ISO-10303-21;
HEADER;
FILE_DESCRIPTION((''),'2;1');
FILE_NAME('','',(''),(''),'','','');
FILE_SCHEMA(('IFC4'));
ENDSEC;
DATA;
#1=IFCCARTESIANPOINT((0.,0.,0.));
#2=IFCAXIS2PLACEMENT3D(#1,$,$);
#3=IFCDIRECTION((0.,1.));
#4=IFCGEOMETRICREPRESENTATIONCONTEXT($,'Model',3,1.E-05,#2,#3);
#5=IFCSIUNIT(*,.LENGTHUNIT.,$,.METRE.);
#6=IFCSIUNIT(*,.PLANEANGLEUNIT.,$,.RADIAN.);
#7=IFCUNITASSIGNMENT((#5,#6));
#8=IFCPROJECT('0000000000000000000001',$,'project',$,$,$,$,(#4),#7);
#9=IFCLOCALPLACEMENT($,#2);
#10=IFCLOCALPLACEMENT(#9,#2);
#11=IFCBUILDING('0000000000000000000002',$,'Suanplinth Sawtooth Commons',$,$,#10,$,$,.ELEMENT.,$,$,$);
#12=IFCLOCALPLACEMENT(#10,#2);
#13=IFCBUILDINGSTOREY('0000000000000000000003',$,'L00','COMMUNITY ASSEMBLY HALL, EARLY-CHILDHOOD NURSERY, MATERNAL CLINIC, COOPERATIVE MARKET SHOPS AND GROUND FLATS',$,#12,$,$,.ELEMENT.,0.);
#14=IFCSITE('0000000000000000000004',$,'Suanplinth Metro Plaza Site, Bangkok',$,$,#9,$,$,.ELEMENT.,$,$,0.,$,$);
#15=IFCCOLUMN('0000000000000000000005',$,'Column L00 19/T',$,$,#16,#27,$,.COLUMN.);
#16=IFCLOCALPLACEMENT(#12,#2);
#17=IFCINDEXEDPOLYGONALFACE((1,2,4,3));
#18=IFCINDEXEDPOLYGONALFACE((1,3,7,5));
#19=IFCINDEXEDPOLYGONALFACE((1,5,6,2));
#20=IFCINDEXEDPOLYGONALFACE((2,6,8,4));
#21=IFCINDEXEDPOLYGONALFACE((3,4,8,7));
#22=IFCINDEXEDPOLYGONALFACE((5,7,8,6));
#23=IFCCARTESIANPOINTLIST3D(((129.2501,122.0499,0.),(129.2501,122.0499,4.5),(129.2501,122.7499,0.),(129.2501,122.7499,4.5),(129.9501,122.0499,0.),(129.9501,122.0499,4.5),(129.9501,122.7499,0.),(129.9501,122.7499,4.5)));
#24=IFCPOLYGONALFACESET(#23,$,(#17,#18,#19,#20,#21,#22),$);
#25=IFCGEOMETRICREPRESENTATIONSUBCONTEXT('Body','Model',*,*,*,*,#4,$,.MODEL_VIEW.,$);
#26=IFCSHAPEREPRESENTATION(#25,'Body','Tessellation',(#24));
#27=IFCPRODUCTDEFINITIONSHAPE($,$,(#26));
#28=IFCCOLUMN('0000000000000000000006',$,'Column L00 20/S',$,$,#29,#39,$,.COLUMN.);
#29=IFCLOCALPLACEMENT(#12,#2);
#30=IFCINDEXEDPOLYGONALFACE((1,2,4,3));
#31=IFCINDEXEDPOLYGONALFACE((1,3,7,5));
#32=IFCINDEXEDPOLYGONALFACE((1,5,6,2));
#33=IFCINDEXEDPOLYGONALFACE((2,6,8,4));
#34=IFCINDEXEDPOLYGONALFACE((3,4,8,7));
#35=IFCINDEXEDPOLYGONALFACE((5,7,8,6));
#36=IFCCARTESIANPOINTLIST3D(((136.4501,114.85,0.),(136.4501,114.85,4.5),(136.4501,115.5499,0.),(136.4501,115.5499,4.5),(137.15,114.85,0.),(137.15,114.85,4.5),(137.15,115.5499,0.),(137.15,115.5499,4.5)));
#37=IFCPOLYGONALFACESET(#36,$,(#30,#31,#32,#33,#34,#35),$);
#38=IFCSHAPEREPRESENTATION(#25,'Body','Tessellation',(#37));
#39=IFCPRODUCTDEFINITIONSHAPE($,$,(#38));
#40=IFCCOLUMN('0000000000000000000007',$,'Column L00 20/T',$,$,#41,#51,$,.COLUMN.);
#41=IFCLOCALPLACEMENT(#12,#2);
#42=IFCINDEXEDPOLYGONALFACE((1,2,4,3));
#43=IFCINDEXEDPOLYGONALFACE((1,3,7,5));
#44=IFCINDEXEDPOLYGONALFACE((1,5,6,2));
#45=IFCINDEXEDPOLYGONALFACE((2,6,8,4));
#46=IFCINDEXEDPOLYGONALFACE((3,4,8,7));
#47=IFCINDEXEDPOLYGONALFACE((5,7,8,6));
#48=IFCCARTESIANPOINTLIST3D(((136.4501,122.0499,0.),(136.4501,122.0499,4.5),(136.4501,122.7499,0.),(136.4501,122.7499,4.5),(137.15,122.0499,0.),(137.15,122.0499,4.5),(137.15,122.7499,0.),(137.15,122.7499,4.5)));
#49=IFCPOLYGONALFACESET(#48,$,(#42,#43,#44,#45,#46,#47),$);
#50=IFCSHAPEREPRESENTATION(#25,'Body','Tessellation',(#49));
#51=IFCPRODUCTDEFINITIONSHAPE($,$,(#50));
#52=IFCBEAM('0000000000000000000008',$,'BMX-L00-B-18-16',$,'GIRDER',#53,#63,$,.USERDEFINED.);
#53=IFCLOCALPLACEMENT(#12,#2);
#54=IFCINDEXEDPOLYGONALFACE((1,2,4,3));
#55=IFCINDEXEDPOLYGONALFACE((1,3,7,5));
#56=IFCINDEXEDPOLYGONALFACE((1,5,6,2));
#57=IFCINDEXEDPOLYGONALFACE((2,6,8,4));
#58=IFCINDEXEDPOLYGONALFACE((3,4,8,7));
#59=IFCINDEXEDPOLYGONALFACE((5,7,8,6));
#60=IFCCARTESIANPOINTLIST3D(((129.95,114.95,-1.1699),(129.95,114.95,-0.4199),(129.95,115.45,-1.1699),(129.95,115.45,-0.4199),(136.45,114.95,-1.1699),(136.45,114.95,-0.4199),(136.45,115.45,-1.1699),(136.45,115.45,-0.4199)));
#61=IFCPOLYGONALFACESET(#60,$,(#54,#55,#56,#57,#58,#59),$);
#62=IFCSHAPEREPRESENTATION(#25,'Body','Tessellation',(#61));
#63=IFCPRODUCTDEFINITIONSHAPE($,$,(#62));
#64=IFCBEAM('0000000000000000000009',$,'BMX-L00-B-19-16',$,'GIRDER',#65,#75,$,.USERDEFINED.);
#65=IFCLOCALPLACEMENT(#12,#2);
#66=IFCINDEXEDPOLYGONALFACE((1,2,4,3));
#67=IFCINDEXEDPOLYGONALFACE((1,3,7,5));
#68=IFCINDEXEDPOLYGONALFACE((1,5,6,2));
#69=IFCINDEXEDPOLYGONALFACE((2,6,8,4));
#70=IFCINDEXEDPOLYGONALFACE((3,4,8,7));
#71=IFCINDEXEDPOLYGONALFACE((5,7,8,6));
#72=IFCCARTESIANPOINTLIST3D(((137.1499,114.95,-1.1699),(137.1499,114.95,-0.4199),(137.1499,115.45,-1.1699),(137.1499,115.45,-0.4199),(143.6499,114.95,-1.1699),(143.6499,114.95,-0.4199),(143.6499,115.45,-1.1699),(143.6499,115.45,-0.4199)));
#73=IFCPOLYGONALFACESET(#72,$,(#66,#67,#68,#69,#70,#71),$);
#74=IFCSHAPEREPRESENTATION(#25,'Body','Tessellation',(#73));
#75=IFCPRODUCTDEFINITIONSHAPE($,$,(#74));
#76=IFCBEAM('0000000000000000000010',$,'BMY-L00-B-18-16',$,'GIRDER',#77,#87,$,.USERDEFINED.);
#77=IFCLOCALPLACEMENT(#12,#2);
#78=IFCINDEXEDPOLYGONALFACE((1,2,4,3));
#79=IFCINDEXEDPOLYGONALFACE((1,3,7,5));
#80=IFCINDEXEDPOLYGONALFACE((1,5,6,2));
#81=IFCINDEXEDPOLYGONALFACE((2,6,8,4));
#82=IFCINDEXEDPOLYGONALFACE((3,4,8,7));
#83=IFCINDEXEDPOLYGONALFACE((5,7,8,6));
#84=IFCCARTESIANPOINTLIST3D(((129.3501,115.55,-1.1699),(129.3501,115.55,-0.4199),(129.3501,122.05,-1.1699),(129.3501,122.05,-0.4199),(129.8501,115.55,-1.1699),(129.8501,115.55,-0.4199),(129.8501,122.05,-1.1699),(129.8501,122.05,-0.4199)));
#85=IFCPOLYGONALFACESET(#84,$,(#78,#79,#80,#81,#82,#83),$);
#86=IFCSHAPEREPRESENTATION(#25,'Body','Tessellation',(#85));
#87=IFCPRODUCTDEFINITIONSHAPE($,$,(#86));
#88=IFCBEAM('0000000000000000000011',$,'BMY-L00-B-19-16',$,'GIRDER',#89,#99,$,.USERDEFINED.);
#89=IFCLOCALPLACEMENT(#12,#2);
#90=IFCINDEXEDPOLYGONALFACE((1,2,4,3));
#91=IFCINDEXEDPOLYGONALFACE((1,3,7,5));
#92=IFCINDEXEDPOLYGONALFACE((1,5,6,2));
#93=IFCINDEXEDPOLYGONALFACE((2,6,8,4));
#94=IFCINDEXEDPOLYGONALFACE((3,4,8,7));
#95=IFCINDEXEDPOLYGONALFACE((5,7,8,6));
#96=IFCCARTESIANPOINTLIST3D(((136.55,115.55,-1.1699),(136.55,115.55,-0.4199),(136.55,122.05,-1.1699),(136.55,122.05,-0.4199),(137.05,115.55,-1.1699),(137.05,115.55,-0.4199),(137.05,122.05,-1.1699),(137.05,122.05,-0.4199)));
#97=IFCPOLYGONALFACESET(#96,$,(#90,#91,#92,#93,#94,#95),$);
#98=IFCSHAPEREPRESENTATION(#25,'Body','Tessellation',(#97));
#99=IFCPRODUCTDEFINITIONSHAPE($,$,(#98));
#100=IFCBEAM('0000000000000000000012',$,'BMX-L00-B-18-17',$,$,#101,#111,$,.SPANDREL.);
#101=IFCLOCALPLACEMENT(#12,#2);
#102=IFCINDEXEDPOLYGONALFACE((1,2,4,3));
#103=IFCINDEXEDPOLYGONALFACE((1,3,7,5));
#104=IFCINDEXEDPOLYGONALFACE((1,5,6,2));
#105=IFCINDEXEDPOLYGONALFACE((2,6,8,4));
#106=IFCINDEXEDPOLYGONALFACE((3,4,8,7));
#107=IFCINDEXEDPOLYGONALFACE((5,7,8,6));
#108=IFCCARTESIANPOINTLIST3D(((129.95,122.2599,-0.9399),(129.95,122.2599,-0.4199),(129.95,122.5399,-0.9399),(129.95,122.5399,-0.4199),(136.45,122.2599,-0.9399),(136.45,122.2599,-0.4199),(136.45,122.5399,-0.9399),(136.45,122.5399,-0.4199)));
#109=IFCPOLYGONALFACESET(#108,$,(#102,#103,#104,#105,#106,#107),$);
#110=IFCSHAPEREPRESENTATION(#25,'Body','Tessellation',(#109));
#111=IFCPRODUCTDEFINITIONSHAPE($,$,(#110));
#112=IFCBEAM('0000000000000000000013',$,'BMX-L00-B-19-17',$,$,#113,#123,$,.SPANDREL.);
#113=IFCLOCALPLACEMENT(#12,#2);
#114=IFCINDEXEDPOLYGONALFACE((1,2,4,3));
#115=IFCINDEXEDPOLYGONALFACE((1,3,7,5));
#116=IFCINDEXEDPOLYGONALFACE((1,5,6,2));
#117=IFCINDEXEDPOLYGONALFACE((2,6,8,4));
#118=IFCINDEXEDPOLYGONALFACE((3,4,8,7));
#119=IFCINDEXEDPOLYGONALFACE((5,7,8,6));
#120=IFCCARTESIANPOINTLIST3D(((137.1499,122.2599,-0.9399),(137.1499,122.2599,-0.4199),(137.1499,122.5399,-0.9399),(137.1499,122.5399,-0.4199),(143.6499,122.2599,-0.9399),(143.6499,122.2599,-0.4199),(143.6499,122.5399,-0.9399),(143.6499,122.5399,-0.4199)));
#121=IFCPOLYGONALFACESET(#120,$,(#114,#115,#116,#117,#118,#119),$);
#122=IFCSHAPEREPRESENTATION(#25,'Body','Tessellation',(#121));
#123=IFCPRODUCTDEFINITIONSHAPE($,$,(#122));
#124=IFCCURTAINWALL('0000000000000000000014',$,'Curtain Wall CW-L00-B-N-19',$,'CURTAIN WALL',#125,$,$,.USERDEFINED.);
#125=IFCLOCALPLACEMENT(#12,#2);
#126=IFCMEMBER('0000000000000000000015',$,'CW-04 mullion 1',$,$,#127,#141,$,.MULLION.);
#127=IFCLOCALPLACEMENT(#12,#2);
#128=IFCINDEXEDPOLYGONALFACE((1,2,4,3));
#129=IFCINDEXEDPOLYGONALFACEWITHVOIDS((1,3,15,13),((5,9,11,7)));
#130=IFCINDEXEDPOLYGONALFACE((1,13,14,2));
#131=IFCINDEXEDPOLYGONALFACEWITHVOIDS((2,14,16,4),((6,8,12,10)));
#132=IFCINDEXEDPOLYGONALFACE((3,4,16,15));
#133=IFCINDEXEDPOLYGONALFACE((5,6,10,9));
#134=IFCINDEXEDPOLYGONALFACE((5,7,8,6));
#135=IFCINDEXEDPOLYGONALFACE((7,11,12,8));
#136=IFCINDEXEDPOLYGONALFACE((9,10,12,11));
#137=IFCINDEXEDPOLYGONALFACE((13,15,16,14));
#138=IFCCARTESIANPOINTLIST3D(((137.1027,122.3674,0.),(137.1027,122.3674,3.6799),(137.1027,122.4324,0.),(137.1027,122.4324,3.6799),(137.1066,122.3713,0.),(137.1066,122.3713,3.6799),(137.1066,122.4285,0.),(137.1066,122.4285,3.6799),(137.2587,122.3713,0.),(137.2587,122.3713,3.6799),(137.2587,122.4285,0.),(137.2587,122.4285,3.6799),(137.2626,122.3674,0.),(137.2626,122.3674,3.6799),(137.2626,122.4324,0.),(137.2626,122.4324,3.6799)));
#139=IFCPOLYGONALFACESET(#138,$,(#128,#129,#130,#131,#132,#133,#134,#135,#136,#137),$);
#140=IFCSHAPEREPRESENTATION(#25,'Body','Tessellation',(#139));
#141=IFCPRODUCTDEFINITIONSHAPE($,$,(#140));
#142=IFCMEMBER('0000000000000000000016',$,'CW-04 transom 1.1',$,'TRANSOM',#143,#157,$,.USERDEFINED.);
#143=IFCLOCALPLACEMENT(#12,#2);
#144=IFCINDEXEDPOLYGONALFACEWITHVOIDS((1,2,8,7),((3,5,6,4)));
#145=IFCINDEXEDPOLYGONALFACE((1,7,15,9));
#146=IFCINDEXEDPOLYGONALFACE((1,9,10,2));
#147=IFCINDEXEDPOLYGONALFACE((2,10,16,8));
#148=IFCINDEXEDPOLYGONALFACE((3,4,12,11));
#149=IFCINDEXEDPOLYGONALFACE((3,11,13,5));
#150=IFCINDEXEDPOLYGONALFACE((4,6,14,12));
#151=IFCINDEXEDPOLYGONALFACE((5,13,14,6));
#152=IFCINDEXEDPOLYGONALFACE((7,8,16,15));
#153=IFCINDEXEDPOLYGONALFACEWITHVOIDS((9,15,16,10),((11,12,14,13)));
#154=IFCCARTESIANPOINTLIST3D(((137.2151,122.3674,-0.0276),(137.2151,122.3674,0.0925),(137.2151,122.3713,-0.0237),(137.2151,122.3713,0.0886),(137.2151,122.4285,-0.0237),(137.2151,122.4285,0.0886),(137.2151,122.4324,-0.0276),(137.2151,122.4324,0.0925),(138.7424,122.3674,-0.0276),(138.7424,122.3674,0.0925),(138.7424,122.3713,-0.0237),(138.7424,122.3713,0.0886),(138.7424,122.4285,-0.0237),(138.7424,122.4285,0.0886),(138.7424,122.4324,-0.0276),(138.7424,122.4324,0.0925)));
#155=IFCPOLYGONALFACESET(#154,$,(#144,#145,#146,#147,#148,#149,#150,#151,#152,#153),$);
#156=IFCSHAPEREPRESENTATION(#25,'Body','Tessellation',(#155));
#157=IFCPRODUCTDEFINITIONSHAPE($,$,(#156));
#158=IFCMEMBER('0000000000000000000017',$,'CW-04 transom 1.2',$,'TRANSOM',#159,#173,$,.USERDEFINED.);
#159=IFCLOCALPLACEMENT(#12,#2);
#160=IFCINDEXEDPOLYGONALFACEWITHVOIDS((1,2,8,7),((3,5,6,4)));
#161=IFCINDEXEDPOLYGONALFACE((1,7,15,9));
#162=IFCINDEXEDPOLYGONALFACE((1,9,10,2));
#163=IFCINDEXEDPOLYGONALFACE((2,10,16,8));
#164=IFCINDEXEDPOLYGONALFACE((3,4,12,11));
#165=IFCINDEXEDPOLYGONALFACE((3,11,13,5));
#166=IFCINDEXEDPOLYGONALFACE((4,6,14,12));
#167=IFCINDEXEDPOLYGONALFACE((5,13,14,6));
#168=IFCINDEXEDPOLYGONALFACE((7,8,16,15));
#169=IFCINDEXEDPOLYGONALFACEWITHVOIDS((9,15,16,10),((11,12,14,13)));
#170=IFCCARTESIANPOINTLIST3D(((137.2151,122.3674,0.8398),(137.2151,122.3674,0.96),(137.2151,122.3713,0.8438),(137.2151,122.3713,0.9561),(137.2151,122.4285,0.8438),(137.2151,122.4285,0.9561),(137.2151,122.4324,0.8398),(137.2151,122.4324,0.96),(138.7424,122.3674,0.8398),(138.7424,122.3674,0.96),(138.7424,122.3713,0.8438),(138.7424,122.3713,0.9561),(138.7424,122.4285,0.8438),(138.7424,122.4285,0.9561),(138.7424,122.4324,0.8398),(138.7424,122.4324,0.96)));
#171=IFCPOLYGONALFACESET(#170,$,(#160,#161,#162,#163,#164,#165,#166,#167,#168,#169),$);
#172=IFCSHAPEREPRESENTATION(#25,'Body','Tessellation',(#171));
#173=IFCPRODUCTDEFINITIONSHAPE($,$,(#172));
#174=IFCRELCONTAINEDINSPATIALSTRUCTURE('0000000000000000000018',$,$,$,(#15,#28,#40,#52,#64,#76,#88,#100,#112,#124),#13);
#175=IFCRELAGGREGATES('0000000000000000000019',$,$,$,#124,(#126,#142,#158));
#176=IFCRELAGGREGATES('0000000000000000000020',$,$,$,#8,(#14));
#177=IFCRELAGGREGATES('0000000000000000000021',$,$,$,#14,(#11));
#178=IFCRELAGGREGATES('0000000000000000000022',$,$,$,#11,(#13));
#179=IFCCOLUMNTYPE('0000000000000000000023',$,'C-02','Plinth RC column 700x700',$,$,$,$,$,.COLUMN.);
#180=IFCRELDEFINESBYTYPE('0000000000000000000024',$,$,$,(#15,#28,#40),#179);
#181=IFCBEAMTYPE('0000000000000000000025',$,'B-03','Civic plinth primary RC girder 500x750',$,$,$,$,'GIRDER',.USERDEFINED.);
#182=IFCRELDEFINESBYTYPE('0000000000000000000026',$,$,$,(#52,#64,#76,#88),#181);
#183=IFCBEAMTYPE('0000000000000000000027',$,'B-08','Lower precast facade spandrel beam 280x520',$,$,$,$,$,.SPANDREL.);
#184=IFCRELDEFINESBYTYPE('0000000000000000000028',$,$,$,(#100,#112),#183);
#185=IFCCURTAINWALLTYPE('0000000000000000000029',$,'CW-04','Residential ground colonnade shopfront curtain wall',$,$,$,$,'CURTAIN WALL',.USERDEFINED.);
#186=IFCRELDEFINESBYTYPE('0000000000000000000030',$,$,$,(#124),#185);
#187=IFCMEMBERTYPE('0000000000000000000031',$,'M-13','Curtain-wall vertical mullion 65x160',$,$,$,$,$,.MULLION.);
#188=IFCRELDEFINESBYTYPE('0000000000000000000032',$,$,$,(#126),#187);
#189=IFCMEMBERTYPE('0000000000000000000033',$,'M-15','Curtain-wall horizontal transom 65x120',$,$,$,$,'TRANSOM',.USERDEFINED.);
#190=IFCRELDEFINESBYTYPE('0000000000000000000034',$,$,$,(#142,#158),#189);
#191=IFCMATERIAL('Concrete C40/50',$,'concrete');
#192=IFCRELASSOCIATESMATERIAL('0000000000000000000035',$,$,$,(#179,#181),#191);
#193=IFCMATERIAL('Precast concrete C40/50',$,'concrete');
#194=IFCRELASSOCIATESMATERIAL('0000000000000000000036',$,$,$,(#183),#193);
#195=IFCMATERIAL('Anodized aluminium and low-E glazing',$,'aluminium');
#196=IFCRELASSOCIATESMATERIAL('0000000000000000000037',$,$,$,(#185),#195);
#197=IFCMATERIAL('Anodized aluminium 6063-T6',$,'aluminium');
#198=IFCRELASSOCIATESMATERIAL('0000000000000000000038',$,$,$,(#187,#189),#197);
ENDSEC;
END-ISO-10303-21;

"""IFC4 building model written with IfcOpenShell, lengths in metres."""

from ifc_helpers import new_model, si_unit, direction, frame, origin, origin_2d, place, context, subcontext, project, spatial, rectangle, hollow_rectangle, extrude, material, material_profile, profile_set, type_object, element, aggregate, save


model = new_model("IFC4")

# Units and contexts
model_context = context("Model", 3, precision=1e-05, world=origin(), true_north=direction((0.0, 1.0)))
body_context = subcontext(model_context, "Body", "Model", "MODEL_VIEW")
ifc_project = project(units=[si_unit("LENGTHUNIT", "METRE"), si_unit("PLANEANGLEUNIT", "RADIAN")], contexts=[model_context])

# Site, building, storey
site_placement = place(None, origin())
site = spatial("IfcSite", under=ifc_project, at=site_placement, Name="Suanplinth Metro Plaza Site, Bangkok", CompositionType="ELEMENT", RefElevation=0.0)
building_placement = place(site_placement, origin())
building = spatial("IfcBuilding", under=site, at=building_placement, Name="Suanplinth Sawtooth Commons", CompositionType="ELEMENT")
storey_placement = place(building_placement, origin())
storey = spatial("IfcBuildingStorey", under=building, at=storey_placement, Name="L00", Description="COMMUNITY ASSEMBLY HALL, EARLY-CHILDHOOD NURSERY, MATERNAL CLINIC, COOPERATIVE MARKET SHOPS AND GROUND FLATS", CompositionType="ELEMENT", Elevation=0.0)

# Columns
ifc_material_1 = material(Name="Concrete C40/50", Category="concrete")
ifc_material_profile_1 = material_profile(ifc_material_1, rectangle(XDim=0.7, YDim=0.7, at=origin_2d()), Name="RC-COL 700x700")
ifc_profile_set_1 = profile_set([ifc_material_profile_1], Name="Concrete C40/50")
column_type = type_object("IfcColumnType", Name="C-02", Description="Plinth RC column 700x700", PredefinedType="COLUMN", material=ifc_profile_set_1)
for number, where, z_axis, x_axis, name in (
    (1, (129.6001, 122.3999, 0.0), (0.0, 0.0, 1.0), (1.0, 0.0, 0.0), "Column L00 19/T"),
    (2, (136.8, 115.2, 0.0), (0.0, 0.0, 1.0), (1.0, 0.0, 0.0), "Column L00 20/S"),
    (3, (136.8, 122.3999, 0.0), (0.0, 0.0, 1.0), (1.0, 0.0, 0.0), "Column L00 20/T"),
):
    element("IfcColumn", number, at=place(storey_placement, frame(where, z_axis=z_axis, x_axis=x_axis)), inside=storey, type_object=column_type, Name=name, PredefinedType="COLUMN", context=body_context, shape_type="SweptSolid", body=[
        extrude(rectangle(XDim=0.7, YDim=0.7, at=origin_2d()), origin(), (0.0, 0.0, 1.0), 4.5),
    ])

# Beams
ifc_material_profile_2 = material_profile(ifc_material_1, rectangle(XDim=0.5, YDim=0.75, at=origin_2d()), Name="RC-GDR 500x750")
ifc_profile_set_2 = profile_set([ifc_material_profile_2], Name="Concrete C40/50")
beam_type_1 = type_object("IfcBeamType", Name="B-03", Description="Civic plinth primary RC girder 500x750", ElementType="GIRDER", PredefinedType="USERDEFINED", material=ifc_profile_set_2)
for number, where, z_axis, x_axis, name in (
    (4, (129.95, 115.2, -0.7949), (1.0, 0.0, 0.0), (0.0, 1.0, 0.0), "BMX-L00-B-18-16"),
    (5, (137.1499, 115.2, -0.7949), (1.0, 0.0, 0.0), (0.0, 1.0, 0.0), "BMX-L00-B-19-16"),
    (6, (129.6001, 115.55, -0.7949), (0.0, 1.0, 0.0), (-1.0, 0.0, 0.0), "BMY-L00-B-18-16"),
    (7, (136.8, 115.55, -0.7949), (0.0, 1.0, 0.0), (-1.0, 0.0, 0.0), "BMY-L00-B-19-16"),
):
    element("IfcBeam", number, at=place(storey_placement, frame(where, z_axis=z_axis, x_axis=x_axis)), inside=storey, type_object=beam_type_1, Name=name, ObjectType="GIRDER", PredefinedType="USERDEFINED", context=body_context, shape_type="SweptSolid", body=[
        extrude(rectangle(XDim=0.5, YDim=0.75, at=origin_2d()), origin(), (0.0, 0.0, 1.0), 6.5),
    ])
ifc_material_2 = material(Name="Precast concrete C40/50", Category="concrete")
ifc_material_profile_3 = material_profile(ifc_material_2, rectangle(XDim=0.28, YDim=0.52, at=origin_2d()), Name="PC-SP 280x520")
ifc_profile_set_3 = profile_set([ifc_material_profile_3], Name="Precast concrete C40/50")
beam_type_2 = type_object("IfcBeamType", Name="B-08", Description="Lower precast facade spandrel beam 280x520", PredefinedType="SPANDREL", material=ifc_profile_set_3)
for number, where, z_axis, x_axis, name in (
    (8, (129.95, 122.3999, -0.6799), (1.0, 0.0, 0.0), (0.0, 1.0, 0.0), "BMX-L00-B-18-17"),
    (9, (137.1499, 122.3999, -0.6799), (1.0, 0.0, 0.0), (0.0, 1.0, 0.0), "BMX-L00-B-19-17"),
):
    element("IfcBeam", number, at=place(storey_placement, frame(where, z_axis=z_axis, x_axis=x_axis)), inside=storey, type_object=beam_type_2, Name=name, PredefinedType="SPANDREL", context=body_context, shape_type="SweptSolid", body=[
        extrude(rectangle(XDim=0.28, YDim=0.52, at=origin_2d()), origin(), (0.0, 0.0, 1.0), 6.5),
    ])

# Curtain wall, members
ifc_material_3 = material(Name="Anodized aluminium and low-E glazing", Category="aluminium")
curtain_wall_type = type_object("IfcCurtainWallType", Name="CW-04", Description="Residential ground colonnade shopfront curtain wall", ElementType="CURTAIN WALL", PredefinedType="USERDEFINED", material=ifc_material_3)
curtain_wall_placement = place(storey_placement, origin())
curtain_wall = element("IfcCurtainWall", 10, at=curtain_wall_placement, inside=storey, type_object=curtain_wall_type, Name="Curtain Wall CW-L00-B-N-19", ObjectType="CURTAIN WALL", PredefinedType="USERDEFINED")
ifc_material_4 = material(Name="Anodized aluminium 6063-T6", Category="aluminium")
ifc_material_profile_4 = material_profile(ifc_material_4, hollow_rectangle(XDim=0.0649, YDim=0.1599, WallThickness=0.0039, at=origin_2d()), Name="ALU-MUL 65x160")
ifc_profile_set_4 = profile_set([ifc_material_profile_4], Name="Anodized aluminium 6063-T6")
member_type_1 = type_object("IfcMemberType", Name="M-13", Description="Curtain-wall vertical mullion 65x160", PredefinedType="MULLION", material=ifc_profile_set_4)
member_1_placement = place(storey_placement, frame((137.1826, 122.3999, 0.0), z_axis=(0.0, 0.0, 1.0), x_axis=(0.0, 1.0, 0.0)))
member_1 = element("IfcMember", 11, at=member_1_placement, type_object=member_type_1, Name="CW-04 mullion 1", PredefinedType="MULLION", context=body_context, shape_type="SweptSolid", body=[
    extrude(hollow_rectangle(XDim=0.0649, YDim=0.1599, WallThickness=0.0039, at=origin_2d()), origin(), (0.0, 0.0, 1.0), 3.6799),
])
ifc_material_profile_5 = material_profile(ifc_material_4, hollow_rectangle(XDim=0.0649, YDim=0.1201, WallThickness=0.0039, at=origin_2d()), Name="ALU-TRN 65x120")
ifc_profile_set_5 = profile_set([ifc_material_profile_5], Name="Anodized aluminium 6063-T6")
member_type_2 = type_object("IfcMemberType", Name="M-15", Description="Curtain-wall horizontal transom 65x120", ElementType="TRANSOM", PredefinedType="USERDEFINED", material=ifc_profile_set_5)
member_2_placement = place(storey_placement, frame((137.2151, 122.3999, 0.0325), z_axis=(1.0, 0.0, 0.0), x_axis=(0.0, 1.0, 0.0)))
member_2 = element("IfcMember", 12, at=member_2_placement, type_object=member_type_2, Name="CW-04 transom 1.1", ObjectType="TRANSOM", PredefinedType="USERDEFINED", context=body_context, shape_type="SweptSolid", body=[
    extrude(hollow_rectangle(XDim=0.0649, YDim=0.1201, WallThickness=0.0039, at=origin_2d()), origin(), (0.0, 0.0, 1.0), 1.5273),
])
member_3_placement = place(storey_placement, frame((137.2151, 122.3999, 0.8999), z_axis=(1.0, 0.0, 0.0), x_axis=(0.0, 1.0, 0.0)))
member_3 = element("IfcMember", 13, at=member_3_placement, type_object=member_type_2, Name="CW-04 transom 1.2", ObjectType="TRANSOM", PredefinedType="USERDEFINED", context=body_context, shape_type="SweptSolid", body=[
    extrude(hollow_rectangle(XDim=0.0649, YDim=0.1201, WallThickness=0.0039, at=origin_2d()), origin(), (0.0, 0.0, 1.0), 1.5273),
])
aggregate(curtain_wall, [member_1, member_2, member_3])

save(model, "model.ifc")
